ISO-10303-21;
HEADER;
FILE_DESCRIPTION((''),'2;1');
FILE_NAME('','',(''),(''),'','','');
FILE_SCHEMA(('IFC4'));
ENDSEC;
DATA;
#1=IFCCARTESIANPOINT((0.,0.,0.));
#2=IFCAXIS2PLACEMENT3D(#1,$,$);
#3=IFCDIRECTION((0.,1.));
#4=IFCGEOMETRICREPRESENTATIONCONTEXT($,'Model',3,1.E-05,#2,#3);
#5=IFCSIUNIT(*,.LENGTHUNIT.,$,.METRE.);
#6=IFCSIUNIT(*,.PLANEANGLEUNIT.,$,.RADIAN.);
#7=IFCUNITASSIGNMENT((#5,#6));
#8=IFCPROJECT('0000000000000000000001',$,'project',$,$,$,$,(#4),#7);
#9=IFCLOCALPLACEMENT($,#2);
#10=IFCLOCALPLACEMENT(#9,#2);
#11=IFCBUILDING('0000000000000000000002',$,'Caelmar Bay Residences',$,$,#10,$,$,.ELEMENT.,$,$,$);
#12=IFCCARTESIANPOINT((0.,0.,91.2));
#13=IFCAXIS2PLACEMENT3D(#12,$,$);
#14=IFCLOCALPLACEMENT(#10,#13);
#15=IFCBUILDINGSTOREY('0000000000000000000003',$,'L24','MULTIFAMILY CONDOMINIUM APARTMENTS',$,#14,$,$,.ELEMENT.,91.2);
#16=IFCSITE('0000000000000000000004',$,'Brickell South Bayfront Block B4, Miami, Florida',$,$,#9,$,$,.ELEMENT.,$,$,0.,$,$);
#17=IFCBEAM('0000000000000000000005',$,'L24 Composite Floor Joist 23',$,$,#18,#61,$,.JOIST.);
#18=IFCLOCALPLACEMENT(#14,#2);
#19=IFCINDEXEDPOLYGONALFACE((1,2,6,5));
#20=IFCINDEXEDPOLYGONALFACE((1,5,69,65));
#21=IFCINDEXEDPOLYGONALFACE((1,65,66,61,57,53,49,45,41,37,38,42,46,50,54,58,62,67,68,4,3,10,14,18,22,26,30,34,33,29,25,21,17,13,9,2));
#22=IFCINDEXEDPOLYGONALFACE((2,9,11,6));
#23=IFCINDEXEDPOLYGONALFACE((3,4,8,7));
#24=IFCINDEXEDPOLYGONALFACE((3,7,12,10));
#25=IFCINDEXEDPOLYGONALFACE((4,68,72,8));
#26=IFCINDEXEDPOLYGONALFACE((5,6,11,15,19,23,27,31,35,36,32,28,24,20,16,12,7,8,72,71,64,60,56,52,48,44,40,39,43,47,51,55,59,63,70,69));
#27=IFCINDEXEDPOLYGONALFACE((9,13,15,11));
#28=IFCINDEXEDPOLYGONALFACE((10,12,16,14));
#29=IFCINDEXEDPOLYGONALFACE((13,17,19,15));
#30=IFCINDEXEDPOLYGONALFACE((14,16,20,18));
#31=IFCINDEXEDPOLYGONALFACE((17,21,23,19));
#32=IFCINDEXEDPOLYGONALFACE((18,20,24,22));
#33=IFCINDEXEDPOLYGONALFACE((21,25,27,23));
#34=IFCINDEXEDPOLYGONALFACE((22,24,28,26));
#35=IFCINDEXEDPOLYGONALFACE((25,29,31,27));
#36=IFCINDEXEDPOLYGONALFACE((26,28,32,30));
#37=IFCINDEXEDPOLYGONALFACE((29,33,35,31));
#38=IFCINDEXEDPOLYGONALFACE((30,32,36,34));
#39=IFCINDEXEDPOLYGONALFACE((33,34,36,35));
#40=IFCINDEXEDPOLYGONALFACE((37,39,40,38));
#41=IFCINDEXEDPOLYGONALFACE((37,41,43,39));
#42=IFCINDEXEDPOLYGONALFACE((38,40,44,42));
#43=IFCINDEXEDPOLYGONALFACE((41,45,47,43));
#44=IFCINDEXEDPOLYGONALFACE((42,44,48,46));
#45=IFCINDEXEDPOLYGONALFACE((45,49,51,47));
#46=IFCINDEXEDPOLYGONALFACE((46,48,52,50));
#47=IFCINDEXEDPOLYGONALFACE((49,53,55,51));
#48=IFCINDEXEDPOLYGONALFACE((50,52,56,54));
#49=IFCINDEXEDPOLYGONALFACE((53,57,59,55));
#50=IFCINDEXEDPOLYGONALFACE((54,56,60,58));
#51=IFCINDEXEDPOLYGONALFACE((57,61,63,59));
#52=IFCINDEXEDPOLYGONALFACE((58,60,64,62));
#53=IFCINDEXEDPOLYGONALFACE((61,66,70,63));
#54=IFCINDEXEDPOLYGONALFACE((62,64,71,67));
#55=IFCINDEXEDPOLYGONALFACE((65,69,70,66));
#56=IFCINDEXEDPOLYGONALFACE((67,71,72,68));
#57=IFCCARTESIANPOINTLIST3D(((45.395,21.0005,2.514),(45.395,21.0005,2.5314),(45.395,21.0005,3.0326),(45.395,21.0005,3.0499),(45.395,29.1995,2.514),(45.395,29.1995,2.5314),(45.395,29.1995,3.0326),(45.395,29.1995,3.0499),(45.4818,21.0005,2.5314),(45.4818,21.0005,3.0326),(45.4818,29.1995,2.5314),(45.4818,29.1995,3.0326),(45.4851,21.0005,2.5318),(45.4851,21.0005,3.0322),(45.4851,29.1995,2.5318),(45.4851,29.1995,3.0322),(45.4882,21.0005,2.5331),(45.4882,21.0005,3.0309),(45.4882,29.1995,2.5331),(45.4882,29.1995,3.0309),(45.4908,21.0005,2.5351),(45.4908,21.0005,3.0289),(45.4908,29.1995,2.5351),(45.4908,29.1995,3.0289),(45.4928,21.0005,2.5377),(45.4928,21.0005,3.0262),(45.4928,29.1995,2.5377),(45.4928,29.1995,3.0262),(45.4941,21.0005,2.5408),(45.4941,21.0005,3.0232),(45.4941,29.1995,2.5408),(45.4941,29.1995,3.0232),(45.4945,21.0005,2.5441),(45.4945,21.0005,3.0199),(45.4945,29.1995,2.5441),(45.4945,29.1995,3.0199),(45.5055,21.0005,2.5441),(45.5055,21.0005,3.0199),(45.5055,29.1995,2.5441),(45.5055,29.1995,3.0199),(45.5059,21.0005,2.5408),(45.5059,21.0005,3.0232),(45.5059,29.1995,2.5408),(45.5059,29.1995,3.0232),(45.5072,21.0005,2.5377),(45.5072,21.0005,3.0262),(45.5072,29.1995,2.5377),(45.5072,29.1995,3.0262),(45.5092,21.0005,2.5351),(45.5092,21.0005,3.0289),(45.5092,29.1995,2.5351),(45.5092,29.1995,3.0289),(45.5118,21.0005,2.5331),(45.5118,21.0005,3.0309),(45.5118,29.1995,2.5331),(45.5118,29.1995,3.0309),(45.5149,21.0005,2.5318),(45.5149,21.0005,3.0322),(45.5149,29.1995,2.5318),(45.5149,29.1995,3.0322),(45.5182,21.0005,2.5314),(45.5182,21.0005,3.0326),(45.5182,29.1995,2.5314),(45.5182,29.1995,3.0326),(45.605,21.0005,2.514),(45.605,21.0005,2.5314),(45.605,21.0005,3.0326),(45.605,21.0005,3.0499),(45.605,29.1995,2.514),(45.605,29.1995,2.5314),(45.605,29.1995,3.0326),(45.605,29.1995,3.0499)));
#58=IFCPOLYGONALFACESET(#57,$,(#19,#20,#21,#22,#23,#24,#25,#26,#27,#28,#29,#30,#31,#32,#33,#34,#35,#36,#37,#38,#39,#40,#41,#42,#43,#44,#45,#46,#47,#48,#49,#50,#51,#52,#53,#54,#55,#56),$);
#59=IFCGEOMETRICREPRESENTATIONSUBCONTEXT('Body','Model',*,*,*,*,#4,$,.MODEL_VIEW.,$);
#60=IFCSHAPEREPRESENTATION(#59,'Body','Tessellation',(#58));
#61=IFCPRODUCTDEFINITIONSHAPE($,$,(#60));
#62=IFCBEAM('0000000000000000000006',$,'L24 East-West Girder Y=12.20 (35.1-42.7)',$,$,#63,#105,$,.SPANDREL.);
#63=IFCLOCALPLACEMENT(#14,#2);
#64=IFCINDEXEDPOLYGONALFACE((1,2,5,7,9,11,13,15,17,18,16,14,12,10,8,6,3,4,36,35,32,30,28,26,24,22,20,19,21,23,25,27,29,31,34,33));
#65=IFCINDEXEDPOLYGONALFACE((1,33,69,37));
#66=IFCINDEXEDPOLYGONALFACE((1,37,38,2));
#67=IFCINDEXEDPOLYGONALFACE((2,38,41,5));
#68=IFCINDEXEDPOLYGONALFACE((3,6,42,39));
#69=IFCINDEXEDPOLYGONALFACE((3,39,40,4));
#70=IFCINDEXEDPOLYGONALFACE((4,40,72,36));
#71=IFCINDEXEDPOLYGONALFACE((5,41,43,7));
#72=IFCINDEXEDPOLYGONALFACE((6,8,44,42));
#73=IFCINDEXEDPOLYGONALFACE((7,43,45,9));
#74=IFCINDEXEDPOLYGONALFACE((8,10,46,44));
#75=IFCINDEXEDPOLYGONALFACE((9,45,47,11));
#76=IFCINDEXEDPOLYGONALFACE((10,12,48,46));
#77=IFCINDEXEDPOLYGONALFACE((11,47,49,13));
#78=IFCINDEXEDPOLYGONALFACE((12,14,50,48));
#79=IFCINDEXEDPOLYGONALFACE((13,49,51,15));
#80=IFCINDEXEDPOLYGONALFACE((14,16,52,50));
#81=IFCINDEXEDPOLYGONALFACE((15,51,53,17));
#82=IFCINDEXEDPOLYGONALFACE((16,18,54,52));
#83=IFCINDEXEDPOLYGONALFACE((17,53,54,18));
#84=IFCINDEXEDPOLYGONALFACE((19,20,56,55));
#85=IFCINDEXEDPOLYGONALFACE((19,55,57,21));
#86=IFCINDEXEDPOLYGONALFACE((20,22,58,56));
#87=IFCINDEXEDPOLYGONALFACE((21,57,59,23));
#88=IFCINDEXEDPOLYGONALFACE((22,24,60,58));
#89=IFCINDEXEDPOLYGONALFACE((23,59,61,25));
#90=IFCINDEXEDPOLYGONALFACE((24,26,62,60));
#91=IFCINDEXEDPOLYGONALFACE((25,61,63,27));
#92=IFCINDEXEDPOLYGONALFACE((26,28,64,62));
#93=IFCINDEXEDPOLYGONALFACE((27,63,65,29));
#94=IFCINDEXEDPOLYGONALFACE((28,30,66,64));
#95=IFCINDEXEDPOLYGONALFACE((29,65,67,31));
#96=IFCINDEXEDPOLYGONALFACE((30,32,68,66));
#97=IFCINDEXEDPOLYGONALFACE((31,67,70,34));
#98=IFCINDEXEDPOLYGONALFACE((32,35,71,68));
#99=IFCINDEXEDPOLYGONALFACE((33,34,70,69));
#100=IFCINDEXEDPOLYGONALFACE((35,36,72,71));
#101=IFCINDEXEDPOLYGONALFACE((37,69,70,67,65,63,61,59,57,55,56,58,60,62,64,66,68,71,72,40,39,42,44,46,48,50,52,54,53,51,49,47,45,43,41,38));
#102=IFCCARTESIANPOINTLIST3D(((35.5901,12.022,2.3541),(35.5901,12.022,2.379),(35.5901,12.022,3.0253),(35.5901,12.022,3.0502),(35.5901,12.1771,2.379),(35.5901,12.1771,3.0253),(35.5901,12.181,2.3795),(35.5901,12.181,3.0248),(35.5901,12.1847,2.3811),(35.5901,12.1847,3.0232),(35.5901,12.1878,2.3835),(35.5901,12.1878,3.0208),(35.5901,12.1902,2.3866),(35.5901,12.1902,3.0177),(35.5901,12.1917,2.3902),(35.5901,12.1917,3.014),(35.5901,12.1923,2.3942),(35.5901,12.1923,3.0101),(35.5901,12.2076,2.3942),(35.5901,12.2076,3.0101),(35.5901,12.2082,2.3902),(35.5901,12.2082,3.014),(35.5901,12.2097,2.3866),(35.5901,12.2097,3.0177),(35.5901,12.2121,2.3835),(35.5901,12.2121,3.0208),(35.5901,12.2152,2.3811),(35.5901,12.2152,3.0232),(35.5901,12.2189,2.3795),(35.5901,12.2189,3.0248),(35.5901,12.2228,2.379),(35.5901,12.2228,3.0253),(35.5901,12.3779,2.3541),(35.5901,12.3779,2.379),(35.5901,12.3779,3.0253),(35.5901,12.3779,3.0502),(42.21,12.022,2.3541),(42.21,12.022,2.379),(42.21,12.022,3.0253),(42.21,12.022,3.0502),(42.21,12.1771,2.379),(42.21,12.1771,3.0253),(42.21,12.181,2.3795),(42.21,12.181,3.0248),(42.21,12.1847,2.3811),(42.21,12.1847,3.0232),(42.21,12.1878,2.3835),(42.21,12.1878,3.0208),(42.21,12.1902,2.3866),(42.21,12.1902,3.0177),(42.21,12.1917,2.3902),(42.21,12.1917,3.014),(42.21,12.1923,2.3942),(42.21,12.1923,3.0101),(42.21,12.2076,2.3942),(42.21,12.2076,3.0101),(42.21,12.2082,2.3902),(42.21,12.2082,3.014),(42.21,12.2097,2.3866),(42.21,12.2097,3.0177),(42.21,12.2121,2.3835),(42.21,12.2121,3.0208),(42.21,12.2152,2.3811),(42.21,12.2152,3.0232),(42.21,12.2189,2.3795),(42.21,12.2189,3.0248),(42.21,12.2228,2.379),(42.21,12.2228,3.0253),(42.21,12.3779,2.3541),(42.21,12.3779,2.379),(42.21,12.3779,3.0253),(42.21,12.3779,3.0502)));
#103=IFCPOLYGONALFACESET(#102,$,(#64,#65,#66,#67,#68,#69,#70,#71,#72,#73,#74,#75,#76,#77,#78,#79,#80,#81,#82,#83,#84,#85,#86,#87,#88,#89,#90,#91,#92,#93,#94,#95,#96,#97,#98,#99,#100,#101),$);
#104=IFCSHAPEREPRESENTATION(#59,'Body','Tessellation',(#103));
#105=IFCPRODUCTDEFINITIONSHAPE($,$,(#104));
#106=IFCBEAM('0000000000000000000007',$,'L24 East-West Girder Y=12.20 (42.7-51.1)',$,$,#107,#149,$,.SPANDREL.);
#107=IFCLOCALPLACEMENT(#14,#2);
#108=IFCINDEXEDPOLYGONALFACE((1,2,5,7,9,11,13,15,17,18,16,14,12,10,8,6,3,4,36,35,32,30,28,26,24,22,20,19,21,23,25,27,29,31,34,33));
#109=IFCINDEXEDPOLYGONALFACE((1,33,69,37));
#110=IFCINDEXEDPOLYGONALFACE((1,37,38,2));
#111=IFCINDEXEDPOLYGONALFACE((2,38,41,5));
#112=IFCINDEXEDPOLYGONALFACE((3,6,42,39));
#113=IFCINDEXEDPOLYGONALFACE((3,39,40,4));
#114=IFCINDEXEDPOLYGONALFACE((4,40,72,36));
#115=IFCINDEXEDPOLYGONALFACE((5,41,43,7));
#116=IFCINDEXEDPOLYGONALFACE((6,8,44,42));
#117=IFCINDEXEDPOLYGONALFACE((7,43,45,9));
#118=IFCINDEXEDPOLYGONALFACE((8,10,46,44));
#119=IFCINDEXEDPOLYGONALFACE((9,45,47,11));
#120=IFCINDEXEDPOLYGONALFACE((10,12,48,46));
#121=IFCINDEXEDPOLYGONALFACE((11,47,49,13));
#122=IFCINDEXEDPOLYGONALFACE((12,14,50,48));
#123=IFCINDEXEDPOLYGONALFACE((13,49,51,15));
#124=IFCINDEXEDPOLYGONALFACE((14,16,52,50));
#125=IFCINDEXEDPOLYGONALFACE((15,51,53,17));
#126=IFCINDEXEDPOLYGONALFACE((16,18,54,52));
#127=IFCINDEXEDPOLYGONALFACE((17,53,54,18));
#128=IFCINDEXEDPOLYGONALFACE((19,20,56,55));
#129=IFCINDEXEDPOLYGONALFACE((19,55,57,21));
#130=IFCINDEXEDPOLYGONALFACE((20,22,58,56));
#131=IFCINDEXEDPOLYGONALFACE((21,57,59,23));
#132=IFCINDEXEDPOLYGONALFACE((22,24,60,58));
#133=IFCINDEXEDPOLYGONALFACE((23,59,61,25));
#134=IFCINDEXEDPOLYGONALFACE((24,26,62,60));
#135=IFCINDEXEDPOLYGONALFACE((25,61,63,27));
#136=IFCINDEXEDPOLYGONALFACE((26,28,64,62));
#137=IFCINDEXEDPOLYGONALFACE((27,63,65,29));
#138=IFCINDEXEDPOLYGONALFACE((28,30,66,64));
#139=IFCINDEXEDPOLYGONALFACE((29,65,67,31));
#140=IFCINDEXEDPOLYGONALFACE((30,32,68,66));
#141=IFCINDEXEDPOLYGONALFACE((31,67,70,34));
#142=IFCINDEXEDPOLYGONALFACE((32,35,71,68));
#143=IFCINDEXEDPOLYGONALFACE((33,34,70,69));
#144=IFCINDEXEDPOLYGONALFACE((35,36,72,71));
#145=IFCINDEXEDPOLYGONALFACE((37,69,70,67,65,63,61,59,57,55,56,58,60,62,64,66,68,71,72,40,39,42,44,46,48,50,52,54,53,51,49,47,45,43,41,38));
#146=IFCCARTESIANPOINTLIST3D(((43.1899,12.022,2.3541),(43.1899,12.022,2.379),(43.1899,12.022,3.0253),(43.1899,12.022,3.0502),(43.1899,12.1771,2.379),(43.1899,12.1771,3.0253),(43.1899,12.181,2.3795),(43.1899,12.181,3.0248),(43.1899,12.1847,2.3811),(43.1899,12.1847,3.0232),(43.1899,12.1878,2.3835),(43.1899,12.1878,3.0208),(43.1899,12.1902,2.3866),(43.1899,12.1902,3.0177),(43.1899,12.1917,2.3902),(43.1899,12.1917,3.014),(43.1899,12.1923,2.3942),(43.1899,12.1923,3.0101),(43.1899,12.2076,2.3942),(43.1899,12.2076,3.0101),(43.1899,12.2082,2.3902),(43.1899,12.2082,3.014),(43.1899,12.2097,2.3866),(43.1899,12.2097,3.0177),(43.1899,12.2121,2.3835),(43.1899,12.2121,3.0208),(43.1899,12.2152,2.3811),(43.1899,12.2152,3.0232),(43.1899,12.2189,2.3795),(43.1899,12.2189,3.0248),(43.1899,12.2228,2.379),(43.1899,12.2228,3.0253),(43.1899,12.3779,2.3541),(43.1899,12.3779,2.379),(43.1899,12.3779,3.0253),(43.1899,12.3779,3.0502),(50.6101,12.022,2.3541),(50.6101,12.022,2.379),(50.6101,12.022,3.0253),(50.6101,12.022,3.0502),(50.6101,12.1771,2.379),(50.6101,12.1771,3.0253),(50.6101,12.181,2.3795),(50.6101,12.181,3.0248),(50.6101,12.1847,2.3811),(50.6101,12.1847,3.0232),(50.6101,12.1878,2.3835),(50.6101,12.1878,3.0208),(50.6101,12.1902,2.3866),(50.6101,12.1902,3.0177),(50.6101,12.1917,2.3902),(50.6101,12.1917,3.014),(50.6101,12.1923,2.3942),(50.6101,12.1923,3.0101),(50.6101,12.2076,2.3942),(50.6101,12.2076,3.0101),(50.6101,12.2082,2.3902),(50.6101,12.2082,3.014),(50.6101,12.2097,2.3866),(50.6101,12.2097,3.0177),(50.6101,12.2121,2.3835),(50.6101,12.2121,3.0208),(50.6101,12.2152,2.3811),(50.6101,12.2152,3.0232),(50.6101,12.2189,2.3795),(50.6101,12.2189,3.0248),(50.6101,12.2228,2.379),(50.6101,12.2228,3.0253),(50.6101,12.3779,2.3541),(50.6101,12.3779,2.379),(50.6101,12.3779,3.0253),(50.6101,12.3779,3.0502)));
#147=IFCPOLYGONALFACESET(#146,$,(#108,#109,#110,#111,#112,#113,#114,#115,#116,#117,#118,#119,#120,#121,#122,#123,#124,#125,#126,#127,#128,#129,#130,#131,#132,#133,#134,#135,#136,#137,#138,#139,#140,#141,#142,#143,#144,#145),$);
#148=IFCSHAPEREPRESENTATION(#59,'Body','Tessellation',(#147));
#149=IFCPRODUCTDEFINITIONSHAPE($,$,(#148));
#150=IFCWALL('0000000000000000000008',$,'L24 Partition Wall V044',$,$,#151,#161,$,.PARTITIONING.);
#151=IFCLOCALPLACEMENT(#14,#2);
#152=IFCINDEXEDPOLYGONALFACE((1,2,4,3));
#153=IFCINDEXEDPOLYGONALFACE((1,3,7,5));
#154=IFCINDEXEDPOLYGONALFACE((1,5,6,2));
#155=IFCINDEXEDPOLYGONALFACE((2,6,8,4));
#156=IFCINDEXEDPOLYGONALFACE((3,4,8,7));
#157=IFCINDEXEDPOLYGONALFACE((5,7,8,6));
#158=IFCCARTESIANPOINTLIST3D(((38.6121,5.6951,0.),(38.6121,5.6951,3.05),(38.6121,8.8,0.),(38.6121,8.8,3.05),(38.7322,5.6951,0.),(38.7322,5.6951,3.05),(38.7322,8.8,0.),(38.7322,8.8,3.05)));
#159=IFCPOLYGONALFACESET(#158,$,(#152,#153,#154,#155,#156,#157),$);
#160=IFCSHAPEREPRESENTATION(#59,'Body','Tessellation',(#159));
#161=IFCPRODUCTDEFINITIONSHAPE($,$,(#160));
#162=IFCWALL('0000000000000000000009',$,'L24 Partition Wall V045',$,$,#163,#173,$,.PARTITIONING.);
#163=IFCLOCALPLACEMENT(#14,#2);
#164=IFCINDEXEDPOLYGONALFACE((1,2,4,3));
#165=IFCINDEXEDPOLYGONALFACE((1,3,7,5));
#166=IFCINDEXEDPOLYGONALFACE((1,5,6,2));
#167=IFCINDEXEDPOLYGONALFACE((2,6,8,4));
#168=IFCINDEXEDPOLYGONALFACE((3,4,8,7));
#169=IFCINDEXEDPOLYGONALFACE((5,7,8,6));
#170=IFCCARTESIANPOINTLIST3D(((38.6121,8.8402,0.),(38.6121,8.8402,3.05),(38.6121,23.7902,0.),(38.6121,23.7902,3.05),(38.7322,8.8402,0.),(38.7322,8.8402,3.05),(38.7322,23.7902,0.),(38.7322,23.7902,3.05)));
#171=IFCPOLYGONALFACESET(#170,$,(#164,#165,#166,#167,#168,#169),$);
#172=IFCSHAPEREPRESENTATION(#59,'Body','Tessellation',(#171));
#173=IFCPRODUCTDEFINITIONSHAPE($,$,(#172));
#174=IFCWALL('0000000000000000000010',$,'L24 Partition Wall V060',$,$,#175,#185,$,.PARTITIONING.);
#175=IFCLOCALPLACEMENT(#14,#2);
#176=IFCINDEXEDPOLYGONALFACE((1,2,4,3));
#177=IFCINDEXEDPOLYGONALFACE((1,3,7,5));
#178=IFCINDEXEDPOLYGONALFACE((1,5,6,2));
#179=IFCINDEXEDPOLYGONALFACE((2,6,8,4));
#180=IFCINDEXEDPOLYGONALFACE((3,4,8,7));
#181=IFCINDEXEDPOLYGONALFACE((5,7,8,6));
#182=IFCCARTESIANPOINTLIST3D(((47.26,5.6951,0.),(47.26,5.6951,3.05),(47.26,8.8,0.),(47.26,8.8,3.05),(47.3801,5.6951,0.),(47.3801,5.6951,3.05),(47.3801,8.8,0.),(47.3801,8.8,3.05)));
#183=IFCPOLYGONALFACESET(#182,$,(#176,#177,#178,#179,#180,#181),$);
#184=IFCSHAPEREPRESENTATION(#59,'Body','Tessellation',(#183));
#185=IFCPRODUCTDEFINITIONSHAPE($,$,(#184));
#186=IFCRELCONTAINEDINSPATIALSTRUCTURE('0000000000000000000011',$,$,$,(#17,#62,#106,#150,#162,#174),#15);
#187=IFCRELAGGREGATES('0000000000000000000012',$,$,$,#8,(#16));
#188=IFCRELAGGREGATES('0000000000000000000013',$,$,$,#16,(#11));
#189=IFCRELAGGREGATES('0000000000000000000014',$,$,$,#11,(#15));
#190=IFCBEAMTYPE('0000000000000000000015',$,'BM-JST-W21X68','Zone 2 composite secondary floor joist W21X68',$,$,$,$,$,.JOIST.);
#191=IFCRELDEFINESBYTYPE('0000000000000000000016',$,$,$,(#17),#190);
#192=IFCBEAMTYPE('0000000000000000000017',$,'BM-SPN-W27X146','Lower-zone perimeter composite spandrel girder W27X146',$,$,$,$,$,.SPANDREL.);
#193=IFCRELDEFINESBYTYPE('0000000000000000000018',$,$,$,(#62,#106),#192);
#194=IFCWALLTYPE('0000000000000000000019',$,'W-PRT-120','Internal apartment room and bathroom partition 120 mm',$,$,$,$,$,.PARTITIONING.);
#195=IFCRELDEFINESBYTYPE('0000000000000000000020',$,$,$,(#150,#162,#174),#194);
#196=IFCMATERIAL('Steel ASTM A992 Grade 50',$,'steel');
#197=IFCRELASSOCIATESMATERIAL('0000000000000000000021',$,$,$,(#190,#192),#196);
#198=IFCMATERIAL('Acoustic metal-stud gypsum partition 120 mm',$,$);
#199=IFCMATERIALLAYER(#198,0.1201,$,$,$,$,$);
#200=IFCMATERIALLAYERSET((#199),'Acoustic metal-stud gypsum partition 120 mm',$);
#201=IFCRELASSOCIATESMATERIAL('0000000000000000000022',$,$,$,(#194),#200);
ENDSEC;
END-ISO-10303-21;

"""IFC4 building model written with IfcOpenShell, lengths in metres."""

from ifc_helpers import new_model, si_unit, direction, frame, frame_2d, origin, origin_2d, place, context, subcontext, project, spatial, rectangle, i_section, extrude, material, layer, layer_set, material_profile, profile_set, type_object, element, save


model = new_model("IFC4")

# Units and contexts
model_context = context("Model", 3, precision=1e-05, world=origin(), true_north=direction((0.0, 1.0)))
body_context = subcontext(model_context, "Body", "Model", "MODEL_VIEW")
ifc_project = project(units=[si_unit("LENGTHUNIT", "METRE"), si_unit("PLANEANGLEUNIT", "RADIAN")], contexts=[model_context])

# Site, building, storey
site_placement = place(None, origin())
site = spatial("IfcSite", under=ifc_project, at=site_placement, Name="Brickell South Bayfront Block B4, Miami, Florida", CompositionType="ELEMENT", RefElevation=0.0)
building_placement = place(site_placement, origin())
building = spatial("IfcBuilding", under=site, at=building_placement, Name="Caelmar Bay Residences", CompositionType="ELEMENT")
storey_placement = place(building_placement, frame((0.0, 0.0, 91.2)))
storey = spatial("IfcBuildingStorey", under=building, at=storey_placement, Name="L24", Description="MULTIFAMILY CONDOMINIUM APARTMENTS", CompositionType="ELEMENT", Elevation=91.2)

# Beams
ifc_material_1 = material(Name="Steel ASTM A992 Grade 50", Category="steel")
ifc_material_profile_1 = material_profile(ifc_material_1, i_section(OverallWidth=0.21, OverallDepth=0.5359, WebThickness=0.011, FlangeThickness=0.0173, FilletRadius=0.0127, at=origin_2d()), Name="W21X68")
ifc_profile_set_1 = profile_set([ifc_material_profile_1], Name="Steel ASTM A992 Grade 50")
beam_type_1 = type_object("IfcBeamType", Name="BM-JST-W21X68", Description="Zone 2 composite secondary floor joist W21X68", PredefinedType="JOIST", material=ifc_profile_set_1)
for number, where, z_axis, x_axis, name in (
    (1, (45.5, 21.0005, 2.782), (0.0, 1.0, 0.0), (-1.0, 0.0, 0.0), "L24 Composite Floor Joist 23"),
):
    element("IfcBeam", number, at=place(storey_placement, frame(where, z_axis=z_axis, x_axis=x_axis)), inside=storey, type_object=beam_type_1, Name=name, PredefinedType="JOIST", context=body_context, shape_type="SweptSolid", body=[
        extrude(i_section(OverallWidth=0.21, OverallDepth=0.5359, WebThickness=0.011, FlangeThickness=0.0173, FilletRadius=0.0127, at=origin_2d()), origin(), (0.0, 0.0, 1.0), 8.199),
    ])
ifc_material_profile_2 = material_profile(ifc_material_1, i_section(OverallWidth=0.356, OverallDepth=0.696, WebThickness=0.0154, FlangeThickness=0.0249, FilletRadius=0.0151, at=origin_2d()), Name="W27X146")
ifc_profile_set_2 = profile_set([ifc_material_profile_2], Name="Steel ASTM A992 Grade 50")
beam_type_2 = type_object("IfcBeamType", Name="BM-SPN-W27X146", Description="Lower-zone perimeter composite spandrel girder W27X146", PredefinedType="SPANDREL", material=ifc_profile_set_2)
beam_1_placement = place(storey_placement, frame((35.5901, 12.2, 2.7021), z_axis=(1.0, 0.0, 0.0), x_axis=(0.0, 1.0, 0.0)))
element("IfcBeam", 2, at=beam_1_placement, inside=storey, type_object=beam_type_2, Name="L24 East-West Girder Y=12.20 (35.1-42.7)", PredefinedType="SPANDREL", context=body_context, shape_type="SweptSolid", body=[
    extrude(i_section(OverallWidth=0.356, OverallDepth=0.696, WebThickness=0.0154, FlangeThickness=0.0249, FilletRadius=0.0151, at=origin_2d()), origin(), (0.0, 0.0, 1.0), 6.6199),
])
beam_2_placement = place(storey_placement, frame((43.1899, 12.2, 2.7021), z_axis=(1.0, 0.0, 0.0), x_axis=(0.0, 1.0, 0.0)))
element("IfcBeam", 3, at=beam_2_placement, inside=storey, type_object=beam_type_2, Name="L24 East-West Girder Y=12.20 (42.7-51.1)", PredefinedType="SPANDREL", context=body_context, shape_type="SweptSolid", body=[
    extrude(i_section(OverallWidth=0.356, OverallDepth=0.696, WebThickness=0.0154, FlangeThickness=0.0249, FilletRadius=0.0151, at=origin_2d()), origin(), (0.0, 0.0, 1.0), 7.4202),
])

# Walls
ifc_material_2 = material(Name="Acoustic metal-stud gypsum partition 120 mm")
ifc_layer_1 = layer(ifc_material_2, 0.1201)
ifc_layer_set_1 = layer_set([ifc_layer_1], Name="Acoustic metal-stud gypsum partition 120 mm")
wall_type_1 = type_object("IfcWallType", Name="W-PRT-120", Description="Internal apartment room and bathroom partition 120 mm", PredefinedType="PARTITIONING", material=ifc_layer_set_1)
wall_1_placement = place(storey_placement, frame((38.6721, 5.6951, 0.0), z_axis=(0.0, 0.0, 1.0), x_axis=(0.0, 1.0, 0.0)))
element("IfcWall", 4, at=wall_1_placement, inside=storey, type_object=wall_type_1, Name="L24 Partition Wall V044", PredefinedType="PARTITIONING", context=body_context, shape_type="SweptSolid", body=[
    extrude(rectangle(XDim=3.105, YDim=0.1201, at=frame_2d((1.5525, 0.0))), origin(), (0.0, 0.0, 1.0), 3.05),
])
wall_2_placement = place(storey_placement, frame((38.6721, 8.8401, 0.0), z_axis=(0.0, 0.0, 1.0), x_axis=(0.0, 1.0, 0.0)))
element("IfcWall", 5, at=wall_2_placement, inside=storey, type_object=wall_type_1, Name="L24 Partition Wall V045", PredefinedType="PARTITIONING", context=body_context, shape_type="SweptSolid", body=[
    extrude(rectangle(XDim=14.95, YDim=0.1201, at=frame_2d((7.4751, 0.0))), origin(), (0.0, 0.0, 1.0), 3.05),
])
wall_3_placement = place(storey_placement, frame((47.3201, 5.6951, 0.0), z_axis=(0.0, 0.0, 1.0), x_axis=(0.0, 1.0, 0.0)))
element("IfcWall", 6, at=wall_3_placement, inside=storey, type_object=wall_type_1, Name="L24 Partition Wall V060", PredefinedType="PARTITIONING", context=body_context, shape_type="SweptSolid", body=[
    extrude(rectangle(XDim=3.105, YDim=0.1201, at=frame_2d((1.5525, 0.0))), origin(), (0.0, 0.0, 1.0), 3.05),
])

save(model, "model.ifc")
